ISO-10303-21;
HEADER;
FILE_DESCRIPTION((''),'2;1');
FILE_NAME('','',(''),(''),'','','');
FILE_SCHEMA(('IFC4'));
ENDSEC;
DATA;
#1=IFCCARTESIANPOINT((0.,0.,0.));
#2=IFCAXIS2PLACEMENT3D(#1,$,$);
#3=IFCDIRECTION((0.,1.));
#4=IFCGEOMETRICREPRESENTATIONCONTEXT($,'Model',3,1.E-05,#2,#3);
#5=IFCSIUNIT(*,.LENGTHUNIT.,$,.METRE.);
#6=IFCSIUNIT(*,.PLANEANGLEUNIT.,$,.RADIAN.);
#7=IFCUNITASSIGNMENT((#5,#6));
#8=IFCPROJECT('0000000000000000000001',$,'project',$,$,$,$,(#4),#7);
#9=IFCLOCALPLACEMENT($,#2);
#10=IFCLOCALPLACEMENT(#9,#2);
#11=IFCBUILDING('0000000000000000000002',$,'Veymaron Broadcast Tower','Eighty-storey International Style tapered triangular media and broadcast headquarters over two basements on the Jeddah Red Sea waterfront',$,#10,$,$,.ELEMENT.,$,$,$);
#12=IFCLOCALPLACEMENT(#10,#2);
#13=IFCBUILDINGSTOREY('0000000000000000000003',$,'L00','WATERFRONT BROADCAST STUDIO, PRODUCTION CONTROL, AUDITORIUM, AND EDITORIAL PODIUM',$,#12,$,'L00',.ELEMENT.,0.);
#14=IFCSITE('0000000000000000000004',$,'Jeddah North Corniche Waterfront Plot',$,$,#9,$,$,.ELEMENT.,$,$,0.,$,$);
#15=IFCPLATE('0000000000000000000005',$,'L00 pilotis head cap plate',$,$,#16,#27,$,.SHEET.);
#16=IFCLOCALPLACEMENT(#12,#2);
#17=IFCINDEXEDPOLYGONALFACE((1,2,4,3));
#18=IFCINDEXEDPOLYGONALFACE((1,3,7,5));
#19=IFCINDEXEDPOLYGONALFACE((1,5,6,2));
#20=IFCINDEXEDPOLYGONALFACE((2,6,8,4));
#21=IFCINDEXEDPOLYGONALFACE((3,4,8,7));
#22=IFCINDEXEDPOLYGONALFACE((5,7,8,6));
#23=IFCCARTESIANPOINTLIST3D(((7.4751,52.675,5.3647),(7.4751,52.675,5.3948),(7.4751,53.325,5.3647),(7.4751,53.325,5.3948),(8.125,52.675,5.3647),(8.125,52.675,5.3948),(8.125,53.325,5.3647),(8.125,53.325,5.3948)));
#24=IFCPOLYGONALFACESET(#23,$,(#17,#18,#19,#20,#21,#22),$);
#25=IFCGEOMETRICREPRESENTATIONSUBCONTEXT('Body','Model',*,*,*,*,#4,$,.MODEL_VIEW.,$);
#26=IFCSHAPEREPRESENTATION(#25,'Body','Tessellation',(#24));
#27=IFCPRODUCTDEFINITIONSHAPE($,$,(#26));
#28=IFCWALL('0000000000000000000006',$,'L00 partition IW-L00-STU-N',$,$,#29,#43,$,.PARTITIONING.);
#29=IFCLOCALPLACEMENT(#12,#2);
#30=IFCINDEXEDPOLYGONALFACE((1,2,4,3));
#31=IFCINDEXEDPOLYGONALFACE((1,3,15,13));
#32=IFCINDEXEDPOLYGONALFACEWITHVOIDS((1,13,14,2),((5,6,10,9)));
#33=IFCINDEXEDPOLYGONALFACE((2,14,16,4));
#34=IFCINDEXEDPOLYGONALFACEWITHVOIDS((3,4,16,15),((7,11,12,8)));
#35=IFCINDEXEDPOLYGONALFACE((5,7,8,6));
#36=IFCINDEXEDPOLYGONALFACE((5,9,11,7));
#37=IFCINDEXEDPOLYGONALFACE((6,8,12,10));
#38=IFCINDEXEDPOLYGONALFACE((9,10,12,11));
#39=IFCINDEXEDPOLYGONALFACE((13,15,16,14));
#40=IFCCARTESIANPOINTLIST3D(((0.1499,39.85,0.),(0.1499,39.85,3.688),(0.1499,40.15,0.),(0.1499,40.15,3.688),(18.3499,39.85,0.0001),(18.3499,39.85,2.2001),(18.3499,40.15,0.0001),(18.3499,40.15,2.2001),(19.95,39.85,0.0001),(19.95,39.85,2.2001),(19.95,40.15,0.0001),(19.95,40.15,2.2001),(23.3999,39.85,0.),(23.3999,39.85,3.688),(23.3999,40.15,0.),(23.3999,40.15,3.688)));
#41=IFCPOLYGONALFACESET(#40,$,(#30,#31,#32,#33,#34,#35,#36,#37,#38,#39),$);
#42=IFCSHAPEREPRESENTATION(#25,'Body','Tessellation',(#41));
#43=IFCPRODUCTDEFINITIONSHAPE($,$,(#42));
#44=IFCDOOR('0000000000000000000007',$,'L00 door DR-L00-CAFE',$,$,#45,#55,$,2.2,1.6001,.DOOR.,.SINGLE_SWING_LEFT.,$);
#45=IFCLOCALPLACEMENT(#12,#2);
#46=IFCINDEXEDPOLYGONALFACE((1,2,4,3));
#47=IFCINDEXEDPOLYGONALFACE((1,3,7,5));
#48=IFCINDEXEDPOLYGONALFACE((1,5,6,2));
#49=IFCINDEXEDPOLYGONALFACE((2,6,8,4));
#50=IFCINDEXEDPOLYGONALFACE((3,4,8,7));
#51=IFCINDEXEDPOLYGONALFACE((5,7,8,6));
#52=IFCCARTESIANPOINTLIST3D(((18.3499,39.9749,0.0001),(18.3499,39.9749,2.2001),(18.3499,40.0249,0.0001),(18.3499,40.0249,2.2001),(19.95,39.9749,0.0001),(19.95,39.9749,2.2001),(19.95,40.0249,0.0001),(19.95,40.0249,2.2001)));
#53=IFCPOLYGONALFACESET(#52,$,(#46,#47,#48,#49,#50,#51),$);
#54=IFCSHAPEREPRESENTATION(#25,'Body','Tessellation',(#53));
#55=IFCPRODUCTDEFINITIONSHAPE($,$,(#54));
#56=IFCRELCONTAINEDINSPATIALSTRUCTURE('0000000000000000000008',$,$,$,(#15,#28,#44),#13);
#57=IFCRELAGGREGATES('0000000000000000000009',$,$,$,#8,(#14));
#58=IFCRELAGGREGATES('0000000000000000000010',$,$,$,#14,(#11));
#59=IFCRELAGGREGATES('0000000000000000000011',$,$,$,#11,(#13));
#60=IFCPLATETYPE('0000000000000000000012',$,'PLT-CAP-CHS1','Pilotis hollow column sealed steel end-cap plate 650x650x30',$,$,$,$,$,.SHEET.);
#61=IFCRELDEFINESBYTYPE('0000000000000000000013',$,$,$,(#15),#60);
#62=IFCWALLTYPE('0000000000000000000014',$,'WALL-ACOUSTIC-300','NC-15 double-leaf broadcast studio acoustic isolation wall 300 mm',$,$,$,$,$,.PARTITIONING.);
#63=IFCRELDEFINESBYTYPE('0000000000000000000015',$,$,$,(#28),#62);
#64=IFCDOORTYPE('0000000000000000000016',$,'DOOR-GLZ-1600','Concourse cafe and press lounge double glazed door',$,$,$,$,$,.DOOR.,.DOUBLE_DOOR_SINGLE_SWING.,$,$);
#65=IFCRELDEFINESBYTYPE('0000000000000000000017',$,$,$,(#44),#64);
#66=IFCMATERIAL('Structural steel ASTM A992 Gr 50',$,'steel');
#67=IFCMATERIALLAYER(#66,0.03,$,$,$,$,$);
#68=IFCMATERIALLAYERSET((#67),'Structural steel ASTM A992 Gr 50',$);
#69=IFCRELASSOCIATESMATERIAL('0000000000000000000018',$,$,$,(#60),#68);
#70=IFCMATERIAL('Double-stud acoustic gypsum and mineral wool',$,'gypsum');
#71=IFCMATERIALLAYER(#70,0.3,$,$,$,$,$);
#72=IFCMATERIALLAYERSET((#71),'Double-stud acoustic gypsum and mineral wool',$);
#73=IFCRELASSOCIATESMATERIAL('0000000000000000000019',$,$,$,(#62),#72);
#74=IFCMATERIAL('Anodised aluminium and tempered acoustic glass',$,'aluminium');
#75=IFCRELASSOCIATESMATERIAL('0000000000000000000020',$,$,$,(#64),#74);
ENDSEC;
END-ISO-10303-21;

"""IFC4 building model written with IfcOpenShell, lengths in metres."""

from ifc_helpers import new_model, si_unit, direction, frame, frame_2d, origin, origin_2d, place, context, subcontext, project, spatial, rectangle, extrude, material, layer, layer_set, type_object, element, fill, save


model = new_model("IFC4")

# Units and contexts
model_context = context("Model", 3, precision=1e-05, world=origin(), true_north=direction((0.0, 1.0)))
body_context = subcontext(model_context, "Body", "Model", "MODEL_VIEW")
ifc_project = project(units=[si_unit("LENGTHUNIT", "METRE"), si_unit("PLANEANGLEUNIT", "RADIAN")], contexts=[model_context])

# Site, building, storey
site_placement = place(None, origin())
site = spatial("IfcSite", under=ifc_project, at=site_placement, Name="Jeddah North Corniche Waterfront Plot", CompositionType="ELEMENT", RefElevation=0.0)
building_placement = place(site_placement, origin())
building = spatial("IfcBuilding", under=site, at=building_placement, Name="Veymaron Broadcast Tower", Description="Eighty-storey International Style tapered triangular media and broadcast headquarters over two basements on the Jeddah Red Sea waterfront", CompositionType="ELEMENT")
storey_placement = place(building_placement, origin())
storey = spatial("IfcBuildingStorey", under=building, at=storey_placement, Name="L00", Description="WATERFRONT BROADCAST STUDIO, PRODUCTION CONTROL, AUDITORIUM, AND EDITORIAL PODIUM", LongName="L00", CompositionType="ELEMENT", Elevation=0.0)

# Shared definitions
ifc_material_1 = material(Name="Structural steel ASTM A992 Gr 50", Category="steel")

# Plate
ifc_layer_1 = layer(ifc_material_1, 0.03)
ifc_layer_set_1 = layer_set([ifc_layer_1], Name="Structural steel ASTM A992 Gr 50")
plate_type_1 = type_object("IfcPlateType", Name="PLT-CAP-CHS1", Description="Pilotis hollow column sealed steel end-cap plate 650x650x30", PredefinedType="SHEET", material=ifc_layer_set_1)
for number, where, z_axis, x_axis, name in (
    (1, (7.8, 53.0, 5.3647), (0.0, 0.0, 1.0), (1.0, 0.0, 0.0), "L00 pilotis head cap plate"),
):
    element("IfcPlate", number, at=place(storey_placement, frame(where, z_axis=z_axis, x_axis=x_axis)), inside=storey, type_object=plate_type_1, Name=name, PredefinedType="SHEET", context=body_context, shape_type="SweptSolid", body=[
        extrude(rectangle(XDim=0.6499, YDim=0.6499, at=origin_2d()), origin(), (0.0, 0.0, 1.0), 0.03),
    ])

# Wall, opening, door
ifc_material_2 = material(Name="Double-stud acoustic gypsum and mineral wool", Category="gypsum")
ifc_layer_2 = layer(ifc_material_2, 0.3)
ifc_layer_set_2 = layer_set([ifc_layer_2], Name="Double-stud acoustic gypsum and mineral wool")
wall_type = type_object("IfcWallType", Name="WALL-ACOUSTIC-300", Description="NC-15 double-leaf broadcast studio acoustic isolation wall 300 mm", PredefinedType="PARTITIONING", material=ifc_layer_set_2)
wall_placement = place(storey_placement, frame((0.1499, 40.0, 0.0), z_axis=(0.0, 0.0, 1.0), x_axis=(1.0, 0.0, 0.0)))
wall = element("IfcWall", 2, at=wall_placement, inside=storey, type_object=wall_type, Name="L00 partition IW-L00-STU-N", PredefinedType="PARTITIONING", context=body_context, shape_type="SweptSolid", body=[
    extrude(rectangle(XDim=23.25, YDim=0.3, at=frame_2d((11.625, 0.0))), origin(), (0.0, 0.0, 1.0), 3.688),
])
opening_placement = place(wall_placement, frame((18.2, 0.0, 0.0)))
opening = element("IfcOpeningElement", 3, at=opening_placement, cuts=wall, PredefinedType="OPENING", context=body_context, shape_type="SweptSolid", body=[
    extrude(rectangle(XDim=1.6001, YDim=2.2, at=frame_2d((0.8, 1.1001))), frame((0.0, 0.1602, 0.0), z_axis=(0.0, -1.0, 0.0), x_axis=(1.0, 0.0, 0.0)), (0.0, 0.0, 1.0), 0.3201),
])
ifc_material_3 = material(Name="Anodised aluminium and tempered acoustic glass", Category="aluminium")
door_type = type_object("IfcDoorType", Name="DOOR-GLZ-1600", Description="Concourse cafe and press lounge double glazed door", OperationType="DOUBLE_DOOR_SINGLE_SWING", PredefinedType="DOOR", material=ifc_material_3)
door_placement = place(opening_placement, origin())
door = element("IfcDoor", 4, at=door_placement, inside=storey, type_object=door_type, Name="L00 door DR-L00-CAFE", OperationType="SINGLE_SWING_LEFT", OverallHeight=2.2, OverallWidth=1.6001, PredefinedType="DOOR", context=body_context, shape_type="SweptSolid", body=[
    extrude(rectangle(XDim=1.6001, YDim=2.2, at=frame_2d((0.8, 1.1001))), frame((0.0, 0.0249, 0.0), z_axis=(0.0, -1.0, 0.0), x_axis=(1.0, 0.0, 0.0)), (0.0, 0.0, 1.0), 0.05),
])
fill(opening, door)

save(model, "model.ifc")
